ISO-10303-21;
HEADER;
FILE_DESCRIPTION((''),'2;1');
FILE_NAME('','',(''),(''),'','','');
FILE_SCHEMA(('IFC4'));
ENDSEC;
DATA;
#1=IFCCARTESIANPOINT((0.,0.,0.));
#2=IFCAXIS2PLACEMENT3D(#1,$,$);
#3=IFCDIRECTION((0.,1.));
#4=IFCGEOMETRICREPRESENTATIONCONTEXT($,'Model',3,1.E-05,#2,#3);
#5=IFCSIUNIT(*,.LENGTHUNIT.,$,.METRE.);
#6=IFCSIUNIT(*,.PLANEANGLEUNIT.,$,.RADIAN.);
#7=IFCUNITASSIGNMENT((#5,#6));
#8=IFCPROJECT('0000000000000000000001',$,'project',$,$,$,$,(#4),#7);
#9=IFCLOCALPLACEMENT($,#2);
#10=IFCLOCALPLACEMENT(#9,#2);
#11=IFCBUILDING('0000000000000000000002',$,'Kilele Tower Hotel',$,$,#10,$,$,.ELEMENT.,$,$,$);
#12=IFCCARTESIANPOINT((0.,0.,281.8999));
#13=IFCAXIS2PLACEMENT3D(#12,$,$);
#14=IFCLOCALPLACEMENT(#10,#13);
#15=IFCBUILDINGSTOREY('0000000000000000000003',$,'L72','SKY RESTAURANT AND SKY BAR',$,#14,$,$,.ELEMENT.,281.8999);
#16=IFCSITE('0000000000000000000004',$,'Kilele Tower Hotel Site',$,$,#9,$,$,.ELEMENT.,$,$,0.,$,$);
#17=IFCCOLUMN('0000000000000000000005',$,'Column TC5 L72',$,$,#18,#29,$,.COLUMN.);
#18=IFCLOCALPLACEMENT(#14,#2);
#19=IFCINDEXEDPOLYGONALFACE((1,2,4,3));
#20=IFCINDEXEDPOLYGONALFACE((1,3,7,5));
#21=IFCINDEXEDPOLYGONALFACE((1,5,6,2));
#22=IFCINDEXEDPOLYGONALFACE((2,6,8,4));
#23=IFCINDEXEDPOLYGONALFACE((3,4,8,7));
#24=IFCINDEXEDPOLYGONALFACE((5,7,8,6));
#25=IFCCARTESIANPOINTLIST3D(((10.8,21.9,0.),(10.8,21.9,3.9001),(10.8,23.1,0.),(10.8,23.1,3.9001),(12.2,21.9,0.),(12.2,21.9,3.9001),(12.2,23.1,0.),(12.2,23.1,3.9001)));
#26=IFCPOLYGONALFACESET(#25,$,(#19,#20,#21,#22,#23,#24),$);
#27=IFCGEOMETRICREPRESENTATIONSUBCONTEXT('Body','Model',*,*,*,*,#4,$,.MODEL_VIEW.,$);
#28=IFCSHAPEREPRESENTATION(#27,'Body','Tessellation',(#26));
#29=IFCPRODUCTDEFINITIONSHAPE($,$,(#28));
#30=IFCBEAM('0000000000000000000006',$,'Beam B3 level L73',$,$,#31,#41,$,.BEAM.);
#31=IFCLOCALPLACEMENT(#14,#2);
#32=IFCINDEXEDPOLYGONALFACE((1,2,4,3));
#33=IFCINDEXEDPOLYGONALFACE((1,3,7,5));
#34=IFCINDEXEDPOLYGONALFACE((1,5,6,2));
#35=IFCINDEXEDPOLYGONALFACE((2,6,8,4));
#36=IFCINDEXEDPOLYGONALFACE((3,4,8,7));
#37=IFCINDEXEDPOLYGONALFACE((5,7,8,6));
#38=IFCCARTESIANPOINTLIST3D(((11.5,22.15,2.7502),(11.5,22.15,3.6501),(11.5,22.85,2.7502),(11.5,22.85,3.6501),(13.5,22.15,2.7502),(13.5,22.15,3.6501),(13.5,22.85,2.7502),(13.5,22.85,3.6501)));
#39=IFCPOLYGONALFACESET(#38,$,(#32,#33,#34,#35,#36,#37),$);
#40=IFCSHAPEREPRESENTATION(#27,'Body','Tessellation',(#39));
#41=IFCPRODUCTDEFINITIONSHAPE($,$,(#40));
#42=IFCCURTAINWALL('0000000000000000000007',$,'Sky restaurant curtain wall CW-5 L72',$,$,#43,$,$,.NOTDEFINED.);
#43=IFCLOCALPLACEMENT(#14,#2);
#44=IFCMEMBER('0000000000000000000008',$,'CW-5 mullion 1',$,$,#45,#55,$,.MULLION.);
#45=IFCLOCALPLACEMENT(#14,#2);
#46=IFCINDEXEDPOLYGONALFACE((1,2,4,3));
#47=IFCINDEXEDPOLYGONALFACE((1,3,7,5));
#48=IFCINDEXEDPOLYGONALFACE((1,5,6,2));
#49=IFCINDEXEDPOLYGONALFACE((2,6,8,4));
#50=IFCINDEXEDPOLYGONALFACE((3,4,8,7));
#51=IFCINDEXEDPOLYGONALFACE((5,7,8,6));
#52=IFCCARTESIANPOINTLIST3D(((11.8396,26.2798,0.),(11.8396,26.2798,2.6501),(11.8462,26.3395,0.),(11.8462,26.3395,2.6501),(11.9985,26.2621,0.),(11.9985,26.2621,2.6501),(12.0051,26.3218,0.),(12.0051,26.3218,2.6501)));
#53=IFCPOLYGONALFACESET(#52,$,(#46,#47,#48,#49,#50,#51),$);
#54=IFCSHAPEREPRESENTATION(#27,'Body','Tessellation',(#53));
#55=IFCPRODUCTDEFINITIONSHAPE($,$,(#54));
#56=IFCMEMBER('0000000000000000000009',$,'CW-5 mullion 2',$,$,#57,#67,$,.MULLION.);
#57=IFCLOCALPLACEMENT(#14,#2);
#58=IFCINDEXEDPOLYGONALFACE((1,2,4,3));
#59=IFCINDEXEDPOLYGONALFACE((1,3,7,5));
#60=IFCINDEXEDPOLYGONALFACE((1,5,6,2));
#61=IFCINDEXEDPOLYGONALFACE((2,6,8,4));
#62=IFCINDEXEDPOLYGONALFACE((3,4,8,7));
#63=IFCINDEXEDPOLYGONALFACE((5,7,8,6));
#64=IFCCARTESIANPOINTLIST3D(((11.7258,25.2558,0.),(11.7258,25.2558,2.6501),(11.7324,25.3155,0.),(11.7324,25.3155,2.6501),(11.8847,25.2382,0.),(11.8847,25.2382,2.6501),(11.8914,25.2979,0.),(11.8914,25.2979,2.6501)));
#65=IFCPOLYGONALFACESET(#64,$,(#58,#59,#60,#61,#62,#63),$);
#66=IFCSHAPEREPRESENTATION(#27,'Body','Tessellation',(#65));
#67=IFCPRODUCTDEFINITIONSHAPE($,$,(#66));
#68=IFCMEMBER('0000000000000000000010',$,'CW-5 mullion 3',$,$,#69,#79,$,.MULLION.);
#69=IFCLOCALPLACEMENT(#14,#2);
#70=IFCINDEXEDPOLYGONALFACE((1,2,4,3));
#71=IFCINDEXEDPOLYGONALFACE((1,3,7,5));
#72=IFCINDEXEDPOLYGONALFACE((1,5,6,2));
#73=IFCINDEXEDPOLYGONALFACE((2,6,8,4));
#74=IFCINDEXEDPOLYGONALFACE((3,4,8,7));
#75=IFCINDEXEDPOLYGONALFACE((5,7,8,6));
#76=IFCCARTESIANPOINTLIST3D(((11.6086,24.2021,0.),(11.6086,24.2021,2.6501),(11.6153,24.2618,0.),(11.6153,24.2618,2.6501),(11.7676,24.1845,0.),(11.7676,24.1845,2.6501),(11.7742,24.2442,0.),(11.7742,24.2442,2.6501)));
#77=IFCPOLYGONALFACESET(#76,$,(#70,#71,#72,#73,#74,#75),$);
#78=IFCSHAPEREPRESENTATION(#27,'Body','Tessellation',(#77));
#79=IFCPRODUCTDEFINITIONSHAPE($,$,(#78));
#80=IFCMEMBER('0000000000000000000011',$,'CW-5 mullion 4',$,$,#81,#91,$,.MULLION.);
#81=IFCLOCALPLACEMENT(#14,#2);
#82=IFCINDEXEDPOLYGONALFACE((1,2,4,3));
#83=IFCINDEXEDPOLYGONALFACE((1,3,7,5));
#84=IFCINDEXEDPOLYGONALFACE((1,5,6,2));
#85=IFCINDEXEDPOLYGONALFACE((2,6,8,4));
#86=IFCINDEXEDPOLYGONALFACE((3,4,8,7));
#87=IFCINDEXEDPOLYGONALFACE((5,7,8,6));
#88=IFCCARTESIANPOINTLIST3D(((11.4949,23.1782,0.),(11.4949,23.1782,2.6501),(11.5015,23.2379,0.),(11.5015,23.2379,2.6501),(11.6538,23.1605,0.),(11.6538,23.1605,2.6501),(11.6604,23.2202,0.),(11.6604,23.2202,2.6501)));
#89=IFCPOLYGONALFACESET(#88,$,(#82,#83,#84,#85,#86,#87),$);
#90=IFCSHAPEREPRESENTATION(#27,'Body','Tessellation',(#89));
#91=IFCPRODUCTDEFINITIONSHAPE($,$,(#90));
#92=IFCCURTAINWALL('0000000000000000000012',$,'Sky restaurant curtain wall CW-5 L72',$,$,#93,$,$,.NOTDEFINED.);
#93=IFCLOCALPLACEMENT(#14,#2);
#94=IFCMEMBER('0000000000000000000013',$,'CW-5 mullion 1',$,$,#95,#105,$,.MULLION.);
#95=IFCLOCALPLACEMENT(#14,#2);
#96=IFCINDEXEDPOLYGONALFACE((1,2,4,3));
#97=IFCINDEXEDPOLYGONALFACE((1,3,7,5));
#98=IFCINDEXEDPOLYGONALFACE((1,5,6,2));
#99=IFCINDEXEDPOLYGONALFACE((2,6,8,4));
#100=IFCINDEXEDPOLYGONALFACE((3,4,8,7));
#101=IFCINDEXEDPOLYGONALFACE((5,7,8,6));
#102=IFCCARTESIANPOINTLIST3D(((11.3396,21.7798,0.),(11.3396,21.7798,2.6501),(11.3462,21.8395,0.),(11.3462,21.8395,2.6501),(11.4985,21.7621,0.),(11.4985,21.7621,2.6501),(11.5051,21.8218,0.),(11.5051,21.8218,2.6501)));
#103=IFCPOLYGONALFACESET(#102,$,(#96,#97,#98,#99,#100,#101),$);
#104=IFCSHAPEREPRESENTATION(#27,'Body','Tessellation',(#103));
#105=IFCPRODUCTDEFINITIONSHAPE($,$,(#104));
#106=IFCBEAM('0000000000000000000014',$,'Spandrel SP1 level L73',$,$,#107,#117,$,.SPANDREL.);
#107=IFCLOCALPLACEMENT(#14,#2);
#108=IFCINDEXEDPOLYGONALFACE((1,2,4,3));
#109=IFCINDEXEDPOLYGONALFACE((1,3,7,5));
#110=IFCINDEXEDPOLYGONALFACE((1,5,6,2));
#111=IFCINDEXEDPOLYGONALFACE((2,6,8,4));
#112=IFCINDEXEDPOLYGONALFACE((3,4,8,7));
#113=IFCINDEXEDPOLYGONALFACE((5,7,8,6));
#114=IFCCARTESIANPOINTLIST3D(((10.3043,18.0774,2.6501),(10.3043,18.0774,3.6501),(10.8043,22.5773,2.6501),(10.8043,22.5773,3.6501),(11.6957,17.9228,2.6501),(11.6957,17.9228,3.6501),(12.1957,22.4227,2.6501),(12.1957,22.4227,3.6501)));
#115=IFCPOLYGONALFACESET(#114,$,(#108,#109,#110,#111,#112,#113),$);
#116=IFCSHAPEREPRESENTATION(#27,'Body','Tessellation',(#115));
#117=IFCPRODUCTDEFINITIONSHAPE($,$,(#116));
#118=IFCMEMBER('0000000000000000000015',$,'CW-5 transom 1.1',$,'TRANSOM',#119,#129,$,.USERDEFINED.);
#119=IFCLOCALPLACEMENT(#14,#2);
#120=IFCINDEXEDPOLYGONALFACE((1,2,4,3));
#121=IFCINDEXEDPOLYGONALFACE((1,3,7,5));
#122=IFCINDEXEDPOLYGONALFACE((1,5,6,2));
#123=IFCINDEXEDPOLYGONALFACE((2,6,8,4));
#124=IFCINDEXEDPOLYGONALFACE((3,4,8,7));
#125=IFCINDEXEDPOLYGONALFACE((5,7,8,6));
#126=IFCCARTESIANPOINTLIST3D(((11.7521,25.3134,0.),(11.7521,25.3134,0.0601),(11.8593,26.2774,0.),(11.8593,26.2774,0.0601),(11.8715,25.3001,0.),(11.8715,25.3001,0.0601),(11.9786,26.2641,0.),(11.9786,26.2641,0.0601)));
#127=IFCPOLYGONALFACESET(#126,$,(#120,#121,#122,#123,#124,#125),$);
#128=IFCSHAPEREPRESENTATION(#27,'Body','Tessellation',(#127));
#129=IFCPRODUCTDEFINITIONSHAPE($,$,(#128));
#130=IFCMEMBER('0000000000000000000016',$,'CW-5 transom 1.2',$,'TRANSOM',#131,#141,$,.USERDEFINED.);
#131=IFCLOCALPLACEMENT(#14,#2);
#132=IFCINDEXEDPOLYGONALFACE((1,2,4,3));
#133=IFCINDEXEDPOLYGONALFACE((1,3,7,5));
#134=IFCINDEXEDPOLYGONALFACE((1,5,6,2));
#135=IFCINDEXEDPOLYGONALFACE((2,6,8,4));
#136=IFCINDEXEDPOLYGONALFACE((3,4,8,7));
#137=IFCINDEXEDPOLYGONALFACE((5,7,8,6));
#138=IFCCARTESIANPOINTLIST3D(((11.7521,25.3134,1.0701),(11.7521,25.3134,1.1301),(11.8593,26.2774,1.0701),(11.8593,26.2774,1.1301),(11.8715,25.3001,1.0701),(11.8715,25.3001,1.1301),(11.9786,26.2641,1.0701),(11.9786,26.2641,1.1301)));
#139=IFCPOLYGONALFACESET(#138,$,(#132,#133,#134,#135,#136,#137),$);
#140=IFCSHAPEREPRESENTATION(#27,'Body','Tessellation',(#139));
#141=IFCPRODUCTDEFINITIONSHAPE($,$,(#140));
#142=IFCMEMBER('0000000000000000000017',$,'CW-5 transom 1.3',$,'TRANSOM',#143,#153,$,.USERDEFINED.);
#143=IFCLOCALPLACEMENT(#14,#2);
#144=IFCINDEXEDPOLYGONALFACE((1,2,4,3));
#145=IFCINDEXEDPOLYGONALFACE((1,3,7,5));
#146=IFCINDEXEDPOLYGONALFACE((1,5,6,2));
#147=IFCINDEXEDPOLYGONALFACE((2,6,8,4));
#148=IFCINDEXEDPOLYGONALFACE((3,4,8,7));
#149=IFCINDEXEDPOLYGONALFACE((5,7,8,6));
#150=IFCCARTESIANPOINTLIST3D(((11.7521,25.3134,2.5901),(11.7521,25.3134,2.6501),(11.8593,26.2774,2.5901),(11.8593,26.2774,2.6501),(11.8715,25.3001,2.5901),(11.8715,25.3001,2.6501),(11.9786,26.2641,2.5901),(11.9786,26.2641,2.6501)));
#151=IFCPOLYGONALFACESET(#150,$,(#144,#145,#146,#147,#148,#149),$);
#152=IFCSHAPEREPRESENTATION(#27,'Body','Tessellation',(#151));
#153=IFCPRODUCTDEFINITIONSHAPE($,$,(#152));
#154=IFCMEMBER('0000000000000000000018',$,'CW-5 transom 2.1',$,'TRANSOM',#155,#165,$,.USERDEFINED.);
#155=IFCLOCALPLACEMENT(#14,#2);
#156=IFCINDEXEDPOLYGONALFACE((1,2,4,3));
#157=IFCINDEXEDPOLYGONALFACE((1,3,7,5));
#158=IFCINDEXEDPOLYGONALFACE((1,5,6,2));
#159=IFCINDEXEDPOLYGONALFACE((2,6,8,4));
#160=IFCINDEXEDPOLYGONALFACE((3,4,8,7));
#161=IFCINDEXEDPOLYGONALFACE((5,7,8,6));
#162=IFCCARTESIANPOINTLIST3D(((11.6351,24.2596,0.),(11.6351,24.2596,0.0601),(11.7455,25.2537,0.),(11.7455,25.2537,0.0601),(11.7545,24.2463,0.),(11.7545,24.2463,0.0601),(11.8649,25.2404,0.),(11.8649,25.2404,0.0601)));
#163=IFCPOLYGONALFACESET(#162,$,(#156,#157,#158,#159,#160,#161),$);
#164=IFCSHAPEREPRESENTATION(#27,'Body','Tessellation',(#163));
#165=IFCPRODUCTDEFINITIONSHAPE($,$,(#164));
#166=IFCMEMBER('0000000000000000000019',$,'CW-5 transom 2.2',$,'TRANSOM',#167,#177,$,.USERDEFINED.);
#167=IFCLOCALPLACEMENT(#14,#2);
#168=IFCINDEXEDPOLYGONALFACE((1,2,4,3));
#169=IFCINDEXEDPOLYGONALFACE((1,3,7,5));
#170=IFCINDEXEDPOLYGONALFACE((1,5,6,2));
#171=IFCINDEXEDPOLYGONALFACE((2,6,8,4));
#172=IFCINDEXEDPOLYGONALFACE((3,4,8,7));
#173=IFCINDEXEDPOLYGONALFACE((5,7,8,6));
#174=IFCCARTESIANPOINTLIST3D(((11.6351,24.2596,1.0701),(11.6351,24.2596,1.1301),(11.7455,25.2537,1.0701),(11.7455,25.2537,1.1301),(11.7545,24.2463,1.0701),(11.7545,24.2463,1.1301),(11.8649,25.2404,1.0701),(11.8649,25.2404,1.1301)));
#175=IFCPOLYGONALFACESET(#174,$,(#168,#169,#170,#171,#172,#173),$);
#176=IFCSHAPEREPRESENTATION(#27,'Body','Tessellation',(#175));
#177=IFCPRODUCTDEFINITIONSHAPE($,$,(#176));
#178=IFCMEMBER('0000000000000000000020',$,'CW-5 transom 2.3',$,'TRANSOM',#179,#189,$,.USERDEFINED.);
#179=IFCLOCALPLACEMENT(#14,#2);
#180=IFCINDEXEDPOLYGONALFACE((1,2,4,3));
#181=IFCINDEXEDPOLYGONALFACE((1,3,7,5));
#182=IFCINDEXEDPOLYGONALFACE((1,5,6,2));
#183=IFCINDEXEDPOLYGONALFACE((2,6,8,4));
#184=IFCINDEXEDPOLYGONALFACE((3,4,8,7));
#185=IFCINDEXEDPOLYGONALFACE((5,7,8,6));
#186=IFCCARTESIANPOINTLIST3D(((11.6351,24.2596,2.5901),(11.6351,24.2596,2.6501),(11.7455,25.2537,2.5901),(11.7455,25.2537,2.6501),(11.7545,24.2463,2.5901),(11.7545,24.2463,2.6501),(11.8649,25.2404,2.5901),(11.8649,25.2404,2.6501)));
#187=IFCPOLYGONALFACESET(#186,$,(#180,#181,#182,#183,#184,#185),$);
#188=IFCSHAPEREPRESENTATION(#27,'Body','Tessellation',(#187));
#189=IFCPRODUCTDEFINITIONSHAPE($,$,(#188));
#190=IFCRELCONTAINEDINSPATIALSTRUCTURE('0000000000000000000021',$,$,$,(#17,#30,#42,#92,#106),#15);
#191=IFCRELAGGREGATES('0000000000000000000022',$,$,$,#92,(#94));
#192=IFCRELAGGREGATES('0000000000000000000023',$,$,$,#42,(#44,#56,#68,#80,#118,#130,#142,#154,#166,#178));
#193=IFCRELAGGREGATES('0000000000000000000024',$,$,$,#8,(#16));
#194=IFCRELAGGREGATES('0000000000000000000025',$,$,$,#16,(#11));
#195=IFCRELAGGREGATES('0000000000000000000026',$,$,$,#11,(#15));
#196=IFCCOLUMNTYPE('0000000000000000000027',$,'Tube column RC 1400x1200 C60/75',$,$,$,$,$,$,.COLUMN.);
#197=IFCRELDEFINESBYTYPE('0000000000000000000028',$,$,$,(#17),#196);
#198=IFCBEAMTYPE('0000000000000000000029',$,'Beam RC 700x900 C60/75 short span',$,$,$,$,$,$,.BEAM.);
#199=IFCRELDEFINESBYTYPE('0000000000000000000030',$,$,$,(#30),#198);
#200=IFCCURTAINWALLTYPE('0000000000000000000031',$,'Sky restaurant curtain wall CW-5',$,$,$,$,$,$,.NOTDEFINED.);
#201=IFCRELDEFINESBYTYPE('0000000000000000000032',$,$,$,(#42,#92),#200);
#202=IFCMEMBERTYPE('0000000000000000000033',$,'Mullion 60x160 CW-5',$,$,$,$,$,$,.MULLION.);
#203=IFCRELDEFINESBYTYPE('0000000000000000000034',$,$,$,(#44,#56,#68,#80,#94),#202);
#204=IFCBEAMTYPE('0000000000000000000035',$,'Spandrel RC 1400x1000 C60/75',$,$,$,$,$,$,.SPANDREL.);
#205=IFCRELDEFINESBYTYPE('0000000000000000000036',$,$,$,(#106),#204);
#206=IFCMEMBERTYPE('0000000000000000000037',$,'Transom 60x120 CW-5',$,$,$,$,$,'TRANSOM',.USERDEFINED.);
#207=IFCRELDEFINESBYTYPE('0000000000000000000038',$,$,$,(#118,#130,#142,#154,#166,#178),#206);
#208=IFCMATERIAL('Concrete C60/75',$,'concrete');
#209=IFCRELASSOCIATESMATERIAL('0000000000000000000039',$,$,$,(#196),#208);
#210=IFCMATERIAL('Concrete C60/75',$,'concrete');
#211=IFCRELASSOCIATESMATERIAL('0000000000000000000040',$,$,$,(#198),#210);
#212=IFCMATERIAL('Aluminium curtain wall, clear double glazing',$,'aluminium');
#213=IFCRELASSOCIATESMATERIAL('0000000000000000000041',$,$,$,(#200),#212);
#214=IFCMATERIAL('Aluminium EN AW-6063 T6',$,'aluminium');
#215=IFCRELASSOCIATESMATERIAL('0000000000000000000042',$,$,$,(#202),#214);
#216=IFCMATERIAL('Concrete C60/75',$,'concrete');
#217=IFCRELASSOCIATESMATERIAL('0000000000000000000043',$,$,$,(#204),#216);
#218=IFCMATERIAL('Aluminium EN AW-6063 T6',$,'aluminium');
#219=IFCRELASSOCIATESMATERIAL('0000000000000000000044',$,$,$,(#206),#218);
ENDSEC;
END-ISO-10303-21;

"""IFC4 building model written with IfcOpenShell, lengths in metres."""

from ifc_helpers import new_model, si_unit, direction, frame, origin, origin_2d, place, context, subcontext, project, spatial, rectangle, extrude, material, material_profile, profile_set, type_object, element, aggregate, save


model = new_model("IFC4")

# Units and contexts
model_context = context("Model", 3, precision=1e-05, world=origin(), true_north=direction((0.0, 1.0)))
body_context = subcontext(model_context, "Body", "Model", "MODEL_VIEW")
ifc_project = project(units=[si_unit("LENGTHUNIT", "METRE"), si_unit("PLANEANGLEUNIT", "RADIAN")], contexts=[model_context])

# Site, building, storey
site_placement = place(None, origin())
site = spatial("IfcSite", under=ifc_project, at=site_placement, Name="Kilele Tower Hotel Site", CompositionType="ELEMENT", RefElevation=0.0)
building_placement = place(site_placement, origin())
building = spatial("IfcBuilding", under=site, at=building_placement, Name="Kilele Tower Hotel", CompositionType="ELEMENT")
storey_placement = place(building_placement, frame((0.0, 0.0, 281.8999)))
storey = spatial("IfcBuildingStorey", under=building, at=storey_placement, Name="L72", Description="SKY RESTAURANT AND SKY BAR", CompositionType="ELEMENT", Elevation=281.8999)

# Column
ifc_material_1 = material(Name="Concrete C60/75", Category="concrete")
ifc_material_profile_1 = material_profile(ifc_material_1, rectangle(XDim=1.3999, YDim=1.2, at=origin_2d()))
ifc_profile_set_1 = profile_set([ifc_material_profile_1], Name="Concrete C60/75")
column_type = type_object("IfcColumnType", Name="Tube column RC 1400x1200 C60/75", PredefinedType="COLUMN", material=ifc_profile_set_1)
column_placement = place(storey_placement, frame((11.5, 22.5, 0.0), z_axis=(0.0, 0.0, 1.0), x_axis=(1.0, 0.0, 0.0)))
element("IfcColumn", 1, at=column_placement, inside=storey, type_object=column_type, Name="Column TC5 L72", PredefinedType="COLUMN", context=body_context, shape_type="SweptSolid", body=[
    extrude(rectangle(XDim=1.3999, YDim=1.2, at=origin_2d()), origin(), (0.0, 0.0, 1.0), 3.9001),
])

# Beam
ifc_material_2 = material(Name="Concrete C60/75", Category="concrete")
ifc_material_profile_2 = material_profile(ifc_material_2, rectangle(XDim=0.7, YDim=0.8999, at=origin_2d()))
ifc_profile_set_2 = profile_set([ifc_material_profile_2], Name="Concrete C60/75")
beam_type_1 = type_object("IfcBeamType", Name="Beam RC 700x900 C60/75 short span", PredefinedType="BEAM", material=ifc_profile_set_2)
beam_1_placement = place(storey_placement, frame((11.5, 22.5, 3.2002), z_axis=(1.0, 0.0, 0.0), x_axis=(0.0, 1.0, 0.0)))
element("IfcBeam", 2, at=beam_1_placement, inside=storey, type_object=beam_type_1, Name="Beam B3 level L73", PredefinedType="BEAM", context=body_context, shape_type="SweptSolid", body=[
    extrude(rectangle(XDim=0.7, YDim=0.8999, at=origin_2d()), origin(), (0.0, 0.0, 1.0), 2.0),
])

# Curtain wall, members
ifc_material_3 = material(Name="Aluminium curtain wall, clear double glazing", Category="aluminium")
curtain_wall_type = type_object("IfcCurtainWallType", Name="Sky restaurant curtain wall CW-5", PredefinedType="NOTDEFINED", material=ifc_material_3)
curtain_wall_1_placement = place(storey_placement, origin())
curtain_wall_1 = element("IfcCurtainWall", 3, at=curtain_wall_1_placement, inside=storey, type_object=curtain_wall_type, Name="Sky restaurant curtain wall CW-5 L72", PredefinedType="NOTDEFINED")
ifc_material_4 = material(Name="Aluminium EN AW-6063 T6", Category="aluminium")
ifc_material_profile_3 = material_profile(ifc_material_4, rectangle(XDim=0.1599, YDim=0.0601, at=origin_2d()))
ifc_profile_set_3 = profile_set([ifc_material_profile_3], Name="Aluminium EN AW-6063 T6")
member_type_1 = type_object("IfcMemberType", Name="Mullion 60x160 CW-5", PredefinedType="MULLION", material=ifc_profile_set_3)
member_1_placement = place(storey_placement, frame((11.9224, 26.3008, 0.0), z_axis=(0.0, 0.0, 1.0), x_axis=(0.993884, -0.110432, 0.0)))
member_1 = element("IfcMember", 4, at=member_1_placement, type_object=member_type_1, Name="CW-5 mullion 1", PredefinedType="MULLION", context=body_context, shape_type="SweptSolid", body=[
    extrude(rectangle(XDim=0.1599, YDim=0.0601, at=origin_2d()), origin(), (0.0, 0.0, 1.0), 2.6501),
])
member_2_placement = place(storey_placement, frame((11.8086, 25.2769, 0.0), z_axis=(0.0, 0.0, 1.0), x_axis=(0.993884, -0.110432, 0.0)))
member_2 = element("IfcMember", 5, at=member_2_placement, type_object=member_type_1, Name="CW-5 mullion 2", PredefinedType="MULLION", context=body_context, shape_type="SweptSolid", body=[
    extrude(rectangle(XDim=0.1599, YDim=0.0601, at=origin_2d()), origin(), (0.0, 0.0, 1.0), 2.6501),
])
member_3_placement = place(storey_placement, frame((11.6914, 24.2231, 0.0), z_axis=(0.0, 0.0, 1.0), x_axis=(0.993884, -0.110432, 0.0)))
member_3 = element("IfcMember", 6, at=member_3_placement, type_object=member_type_1, Name="CW-5 mullion 3", PredefinedType="MULLION", context=body_context, shape_type="SweptSolid", body=[
    extrude(rectangle(XDim=0.1599, YDim=0.0601, at=origin_2d()), origin(), (0.0, 0.0, 1.0), 2.6501),
])
member_4_placement = place(storey_placement, frame((11.5776, 23.1992, 0.0), z_axis=(0.0, 0.0, 1.0), x_axis=(0.993884, -0.110432, 0.0)))
member_4 = element("IfcMember", 7, at=member_4_placement, type_object=member_type_1, Name="CW-5 mullion 4", PredefinedType="MULLION", context=body_context, shape_type="SweptSolid", body=[
    extrude(rectangle(XDim=0.1599, YDim=0.0601, at=origin_2d()), origin(), (0.0, 0.0, 1.0), 2.6501),
])

# Curtain wall, member
curtain_wall_2_placement = place(storey_placement, origin())
curtain_wall_2 = element("IfcCurtainWall", 8, at=curtain_wall_2_placement, inside=storey, type_object=curtain_wall_type, Name="Sky restaurant curtain wall CW-5 L72", PredefinedType="NOTDEFINED")
member_5_placement = place(storey_placement, frame((11.4224, 21.8008, 0.0), z_axis=(0.0, 0.0, 1.0), x_axis=(0.993884, -0.110432, 0.0)))
member_5 = element("IfcMember", 9, at=member_5_placement, type_object=member_type_1, Name="CW-5 mullion 1", PredefinedType="MULLION", context=body_context, shape_type="SweptSolid", body=[
    extrude(rectangle(XDim=0.1599, YDim=0.0601, at=origin_2d()), origin(), (0.0, 0.0, 1.0), 2.6501),
])
aggregate(curtain_wall_2, [member_5])

# Beam
ifc_material_5 = material(Name="Concrete C60/75", Category="concrete")
ifc_material_profile_4 = material_profile(ifc_material_5, rectangle(XDim=1.3999, YDim=1.0, at=origin_2d()))
ifc_profile_set_4 = profile_set([ifc_material_profile_4], Name="Concrete C60/75")
beam_type_2 = type_object("IfcBeamType", Name="Spandrel RC 1400x1000 C60/75", PredefinedType="SPANDREL", material=ifc_profile_set_4)
beam_2_placement = place(storey_placement, frame((11.5, 22.5, 3.1501), z_axis=(-0.110432, -0.993884, 0.0), x_axis=(0.993884, -0.110432, 0.0)))
element("IfcBeam", 10, at=beam_2_placement, inside=storey, type_object=beam_type_2, Name="Spandrel SP1 level L73", PredefinedType="SPANDREL", context=body_context, shape_type="SweptSolid", body=[
    extrude(rectangle(XDim=1.3999, YDim=1.0, at=origin_2d()), origin(), (0.0, 0.0, 1.0), 4.5276),
])

# Members
ifc_material_6 = material(Name="Aluminium EN AW-6063 T6", Category="aluminium")
ifc_material_profile_5 = material_profile(ifc_material_6, rectangle(XDim=0.1201, YDim=0.0601, at=origin_2d()))
ifc_profile_set_5 = profile_set([ifc_material_profile_5], Name="Aluminium EN AW-6063 T6")
member_type_2 = type_object("IfcMemberType", Name="Transom 60x120 CW-5", ElementType="TRANSOM", PredefinedType="USERDEFINED", material=ifc_profile_set_5)
member_6_placement = place(storey_placement, frame((11.9189, 26.2708, 0.03), z_axis=(-0.110487, -0.993878, 0.0), x_axis=(0.993878, -0.110487, 0.0)))
member_6 = element("IfcMember", 11, at=member_6_placement, type_object=member_type_2, Name="CW-5 transom 1.1", ObjectType="TRANSOM", PredefinedType="USERDEFINED", context=body_context, shape_type="SweptSolid", body=[
    extrude(rectangle(XDim=0.1201, YDim=0.0601, at=origin_2d()), origin(), (0.0, 0.0, 1.0), 0.97),
])
member_7_placement = place(storey_placement, frame((11.9189, 26.2708, 1.1001), z_axis=(-0.110487, -0.993878, 0.0), x_axis=(0.993878, -0.110487, 0.0)))
member_7 = element("IfcMember", 12, at=member_7_placement, type_object=member_type_2, Name="CW-5 transom 1.2", ObjectType="TRANSOM", PredefinedType="USERDEFINED", context=body_context, shape_type="SweptSolid", body=[
    extrude(rectangle(XDim=0.1201, YDim=0.0601, at=origin_2d()), origin(), (0.0, 0.0, 1.0), 0.97),
])
member_8_placement = place(storey_placement, frame((11.9189, 26.2708, 2.6201), z_axis=(-0.110487, -0.993878, 0.0), x_axis=(0.993878, -0.110487, 0.0)))
member_8 = element("IfcMember", 13, at=member_8_placement, type_object=member_type_2, Name="CW-5 transom 1.3", ObjectType="TRANSOM", PredefinedType="USERDEFINED", context=body_context, shape_type="SweptSolid", body=[
    extrude(rectangle(XDim=0.1201, YDim=0.0601, at=origin_2d()), origin(), (0.0, 0.0, 1.0), 0.97),
])
member_9_placement = place(storey_placement, frame((11.8052, 25.2471, 0.03), z_axis=(-0.110324, -0.993896, 0.0), x_axis=(0.993896, -0.110324, 0.0)))
member_9 = element("IfcMember", 14, at=member_9_placement, type_object=member_type_2, Name="CW-5 transom 2.1", ObjectType="TRANSOM", PredefinedType="USERDEFINED", context=body_context, shape_type="SweptSolid", body=[
    extrude(rectangle(XDim=0.1201, YDim=0.0601, at=origin_2d()), origin(), (0.0, 0.0, 1.0), 1.0002),
])
member_10_placement = place(storey_placement, frame((11.8052, 25.2471, 1.1001), z_axis=(-0.110324, -0.993896, 0.0), x_axis=(0.993896, -0.110324, 0.0)))
member_10 = element("IfcMember", 15, at=member_10_placement, type_object=member_type_2, Name="CW-5 transom 2.2", ObjectType="TRANSOM", PredefinedType="USERDEFINED", context=body_context, shape_type="SweptSolid", body=[
    extrude(rectangle(XDim=0.1201, YDim=0.0601, at=origin_2d()), origin(), (0.0, 0.0, 1.0), 1.0002),
])
member_11_placement = place(storey_placement, frame((11.8052, 25.2471, 2.6201), z_axis=(-0.110324, -0.993896, 0.0), x_axis=(0.993896, -0.110324, 0.0)))
member_11 = element("IfcMember", 16, at=member_11_placement, type_object=member_type_2, Name="CW-5 transom 2.3", ObjectType="TRANSOM", PredefinedType="USERDEFINED", context=body_context, shape_type="SweptSolid", body=[
    extrude(rectangle(XDim=0.1201, YDim=0.0601, at=origin_2d()), origin(), (0.0, 0.0, 1.0), 1.0002),
])

aggregate(curtain_wall_1, [member_1, member_2, member_3, member_4, member_6, member_7, member_8, member_9, member_10, member_11])

save(model, "model.ifc")
